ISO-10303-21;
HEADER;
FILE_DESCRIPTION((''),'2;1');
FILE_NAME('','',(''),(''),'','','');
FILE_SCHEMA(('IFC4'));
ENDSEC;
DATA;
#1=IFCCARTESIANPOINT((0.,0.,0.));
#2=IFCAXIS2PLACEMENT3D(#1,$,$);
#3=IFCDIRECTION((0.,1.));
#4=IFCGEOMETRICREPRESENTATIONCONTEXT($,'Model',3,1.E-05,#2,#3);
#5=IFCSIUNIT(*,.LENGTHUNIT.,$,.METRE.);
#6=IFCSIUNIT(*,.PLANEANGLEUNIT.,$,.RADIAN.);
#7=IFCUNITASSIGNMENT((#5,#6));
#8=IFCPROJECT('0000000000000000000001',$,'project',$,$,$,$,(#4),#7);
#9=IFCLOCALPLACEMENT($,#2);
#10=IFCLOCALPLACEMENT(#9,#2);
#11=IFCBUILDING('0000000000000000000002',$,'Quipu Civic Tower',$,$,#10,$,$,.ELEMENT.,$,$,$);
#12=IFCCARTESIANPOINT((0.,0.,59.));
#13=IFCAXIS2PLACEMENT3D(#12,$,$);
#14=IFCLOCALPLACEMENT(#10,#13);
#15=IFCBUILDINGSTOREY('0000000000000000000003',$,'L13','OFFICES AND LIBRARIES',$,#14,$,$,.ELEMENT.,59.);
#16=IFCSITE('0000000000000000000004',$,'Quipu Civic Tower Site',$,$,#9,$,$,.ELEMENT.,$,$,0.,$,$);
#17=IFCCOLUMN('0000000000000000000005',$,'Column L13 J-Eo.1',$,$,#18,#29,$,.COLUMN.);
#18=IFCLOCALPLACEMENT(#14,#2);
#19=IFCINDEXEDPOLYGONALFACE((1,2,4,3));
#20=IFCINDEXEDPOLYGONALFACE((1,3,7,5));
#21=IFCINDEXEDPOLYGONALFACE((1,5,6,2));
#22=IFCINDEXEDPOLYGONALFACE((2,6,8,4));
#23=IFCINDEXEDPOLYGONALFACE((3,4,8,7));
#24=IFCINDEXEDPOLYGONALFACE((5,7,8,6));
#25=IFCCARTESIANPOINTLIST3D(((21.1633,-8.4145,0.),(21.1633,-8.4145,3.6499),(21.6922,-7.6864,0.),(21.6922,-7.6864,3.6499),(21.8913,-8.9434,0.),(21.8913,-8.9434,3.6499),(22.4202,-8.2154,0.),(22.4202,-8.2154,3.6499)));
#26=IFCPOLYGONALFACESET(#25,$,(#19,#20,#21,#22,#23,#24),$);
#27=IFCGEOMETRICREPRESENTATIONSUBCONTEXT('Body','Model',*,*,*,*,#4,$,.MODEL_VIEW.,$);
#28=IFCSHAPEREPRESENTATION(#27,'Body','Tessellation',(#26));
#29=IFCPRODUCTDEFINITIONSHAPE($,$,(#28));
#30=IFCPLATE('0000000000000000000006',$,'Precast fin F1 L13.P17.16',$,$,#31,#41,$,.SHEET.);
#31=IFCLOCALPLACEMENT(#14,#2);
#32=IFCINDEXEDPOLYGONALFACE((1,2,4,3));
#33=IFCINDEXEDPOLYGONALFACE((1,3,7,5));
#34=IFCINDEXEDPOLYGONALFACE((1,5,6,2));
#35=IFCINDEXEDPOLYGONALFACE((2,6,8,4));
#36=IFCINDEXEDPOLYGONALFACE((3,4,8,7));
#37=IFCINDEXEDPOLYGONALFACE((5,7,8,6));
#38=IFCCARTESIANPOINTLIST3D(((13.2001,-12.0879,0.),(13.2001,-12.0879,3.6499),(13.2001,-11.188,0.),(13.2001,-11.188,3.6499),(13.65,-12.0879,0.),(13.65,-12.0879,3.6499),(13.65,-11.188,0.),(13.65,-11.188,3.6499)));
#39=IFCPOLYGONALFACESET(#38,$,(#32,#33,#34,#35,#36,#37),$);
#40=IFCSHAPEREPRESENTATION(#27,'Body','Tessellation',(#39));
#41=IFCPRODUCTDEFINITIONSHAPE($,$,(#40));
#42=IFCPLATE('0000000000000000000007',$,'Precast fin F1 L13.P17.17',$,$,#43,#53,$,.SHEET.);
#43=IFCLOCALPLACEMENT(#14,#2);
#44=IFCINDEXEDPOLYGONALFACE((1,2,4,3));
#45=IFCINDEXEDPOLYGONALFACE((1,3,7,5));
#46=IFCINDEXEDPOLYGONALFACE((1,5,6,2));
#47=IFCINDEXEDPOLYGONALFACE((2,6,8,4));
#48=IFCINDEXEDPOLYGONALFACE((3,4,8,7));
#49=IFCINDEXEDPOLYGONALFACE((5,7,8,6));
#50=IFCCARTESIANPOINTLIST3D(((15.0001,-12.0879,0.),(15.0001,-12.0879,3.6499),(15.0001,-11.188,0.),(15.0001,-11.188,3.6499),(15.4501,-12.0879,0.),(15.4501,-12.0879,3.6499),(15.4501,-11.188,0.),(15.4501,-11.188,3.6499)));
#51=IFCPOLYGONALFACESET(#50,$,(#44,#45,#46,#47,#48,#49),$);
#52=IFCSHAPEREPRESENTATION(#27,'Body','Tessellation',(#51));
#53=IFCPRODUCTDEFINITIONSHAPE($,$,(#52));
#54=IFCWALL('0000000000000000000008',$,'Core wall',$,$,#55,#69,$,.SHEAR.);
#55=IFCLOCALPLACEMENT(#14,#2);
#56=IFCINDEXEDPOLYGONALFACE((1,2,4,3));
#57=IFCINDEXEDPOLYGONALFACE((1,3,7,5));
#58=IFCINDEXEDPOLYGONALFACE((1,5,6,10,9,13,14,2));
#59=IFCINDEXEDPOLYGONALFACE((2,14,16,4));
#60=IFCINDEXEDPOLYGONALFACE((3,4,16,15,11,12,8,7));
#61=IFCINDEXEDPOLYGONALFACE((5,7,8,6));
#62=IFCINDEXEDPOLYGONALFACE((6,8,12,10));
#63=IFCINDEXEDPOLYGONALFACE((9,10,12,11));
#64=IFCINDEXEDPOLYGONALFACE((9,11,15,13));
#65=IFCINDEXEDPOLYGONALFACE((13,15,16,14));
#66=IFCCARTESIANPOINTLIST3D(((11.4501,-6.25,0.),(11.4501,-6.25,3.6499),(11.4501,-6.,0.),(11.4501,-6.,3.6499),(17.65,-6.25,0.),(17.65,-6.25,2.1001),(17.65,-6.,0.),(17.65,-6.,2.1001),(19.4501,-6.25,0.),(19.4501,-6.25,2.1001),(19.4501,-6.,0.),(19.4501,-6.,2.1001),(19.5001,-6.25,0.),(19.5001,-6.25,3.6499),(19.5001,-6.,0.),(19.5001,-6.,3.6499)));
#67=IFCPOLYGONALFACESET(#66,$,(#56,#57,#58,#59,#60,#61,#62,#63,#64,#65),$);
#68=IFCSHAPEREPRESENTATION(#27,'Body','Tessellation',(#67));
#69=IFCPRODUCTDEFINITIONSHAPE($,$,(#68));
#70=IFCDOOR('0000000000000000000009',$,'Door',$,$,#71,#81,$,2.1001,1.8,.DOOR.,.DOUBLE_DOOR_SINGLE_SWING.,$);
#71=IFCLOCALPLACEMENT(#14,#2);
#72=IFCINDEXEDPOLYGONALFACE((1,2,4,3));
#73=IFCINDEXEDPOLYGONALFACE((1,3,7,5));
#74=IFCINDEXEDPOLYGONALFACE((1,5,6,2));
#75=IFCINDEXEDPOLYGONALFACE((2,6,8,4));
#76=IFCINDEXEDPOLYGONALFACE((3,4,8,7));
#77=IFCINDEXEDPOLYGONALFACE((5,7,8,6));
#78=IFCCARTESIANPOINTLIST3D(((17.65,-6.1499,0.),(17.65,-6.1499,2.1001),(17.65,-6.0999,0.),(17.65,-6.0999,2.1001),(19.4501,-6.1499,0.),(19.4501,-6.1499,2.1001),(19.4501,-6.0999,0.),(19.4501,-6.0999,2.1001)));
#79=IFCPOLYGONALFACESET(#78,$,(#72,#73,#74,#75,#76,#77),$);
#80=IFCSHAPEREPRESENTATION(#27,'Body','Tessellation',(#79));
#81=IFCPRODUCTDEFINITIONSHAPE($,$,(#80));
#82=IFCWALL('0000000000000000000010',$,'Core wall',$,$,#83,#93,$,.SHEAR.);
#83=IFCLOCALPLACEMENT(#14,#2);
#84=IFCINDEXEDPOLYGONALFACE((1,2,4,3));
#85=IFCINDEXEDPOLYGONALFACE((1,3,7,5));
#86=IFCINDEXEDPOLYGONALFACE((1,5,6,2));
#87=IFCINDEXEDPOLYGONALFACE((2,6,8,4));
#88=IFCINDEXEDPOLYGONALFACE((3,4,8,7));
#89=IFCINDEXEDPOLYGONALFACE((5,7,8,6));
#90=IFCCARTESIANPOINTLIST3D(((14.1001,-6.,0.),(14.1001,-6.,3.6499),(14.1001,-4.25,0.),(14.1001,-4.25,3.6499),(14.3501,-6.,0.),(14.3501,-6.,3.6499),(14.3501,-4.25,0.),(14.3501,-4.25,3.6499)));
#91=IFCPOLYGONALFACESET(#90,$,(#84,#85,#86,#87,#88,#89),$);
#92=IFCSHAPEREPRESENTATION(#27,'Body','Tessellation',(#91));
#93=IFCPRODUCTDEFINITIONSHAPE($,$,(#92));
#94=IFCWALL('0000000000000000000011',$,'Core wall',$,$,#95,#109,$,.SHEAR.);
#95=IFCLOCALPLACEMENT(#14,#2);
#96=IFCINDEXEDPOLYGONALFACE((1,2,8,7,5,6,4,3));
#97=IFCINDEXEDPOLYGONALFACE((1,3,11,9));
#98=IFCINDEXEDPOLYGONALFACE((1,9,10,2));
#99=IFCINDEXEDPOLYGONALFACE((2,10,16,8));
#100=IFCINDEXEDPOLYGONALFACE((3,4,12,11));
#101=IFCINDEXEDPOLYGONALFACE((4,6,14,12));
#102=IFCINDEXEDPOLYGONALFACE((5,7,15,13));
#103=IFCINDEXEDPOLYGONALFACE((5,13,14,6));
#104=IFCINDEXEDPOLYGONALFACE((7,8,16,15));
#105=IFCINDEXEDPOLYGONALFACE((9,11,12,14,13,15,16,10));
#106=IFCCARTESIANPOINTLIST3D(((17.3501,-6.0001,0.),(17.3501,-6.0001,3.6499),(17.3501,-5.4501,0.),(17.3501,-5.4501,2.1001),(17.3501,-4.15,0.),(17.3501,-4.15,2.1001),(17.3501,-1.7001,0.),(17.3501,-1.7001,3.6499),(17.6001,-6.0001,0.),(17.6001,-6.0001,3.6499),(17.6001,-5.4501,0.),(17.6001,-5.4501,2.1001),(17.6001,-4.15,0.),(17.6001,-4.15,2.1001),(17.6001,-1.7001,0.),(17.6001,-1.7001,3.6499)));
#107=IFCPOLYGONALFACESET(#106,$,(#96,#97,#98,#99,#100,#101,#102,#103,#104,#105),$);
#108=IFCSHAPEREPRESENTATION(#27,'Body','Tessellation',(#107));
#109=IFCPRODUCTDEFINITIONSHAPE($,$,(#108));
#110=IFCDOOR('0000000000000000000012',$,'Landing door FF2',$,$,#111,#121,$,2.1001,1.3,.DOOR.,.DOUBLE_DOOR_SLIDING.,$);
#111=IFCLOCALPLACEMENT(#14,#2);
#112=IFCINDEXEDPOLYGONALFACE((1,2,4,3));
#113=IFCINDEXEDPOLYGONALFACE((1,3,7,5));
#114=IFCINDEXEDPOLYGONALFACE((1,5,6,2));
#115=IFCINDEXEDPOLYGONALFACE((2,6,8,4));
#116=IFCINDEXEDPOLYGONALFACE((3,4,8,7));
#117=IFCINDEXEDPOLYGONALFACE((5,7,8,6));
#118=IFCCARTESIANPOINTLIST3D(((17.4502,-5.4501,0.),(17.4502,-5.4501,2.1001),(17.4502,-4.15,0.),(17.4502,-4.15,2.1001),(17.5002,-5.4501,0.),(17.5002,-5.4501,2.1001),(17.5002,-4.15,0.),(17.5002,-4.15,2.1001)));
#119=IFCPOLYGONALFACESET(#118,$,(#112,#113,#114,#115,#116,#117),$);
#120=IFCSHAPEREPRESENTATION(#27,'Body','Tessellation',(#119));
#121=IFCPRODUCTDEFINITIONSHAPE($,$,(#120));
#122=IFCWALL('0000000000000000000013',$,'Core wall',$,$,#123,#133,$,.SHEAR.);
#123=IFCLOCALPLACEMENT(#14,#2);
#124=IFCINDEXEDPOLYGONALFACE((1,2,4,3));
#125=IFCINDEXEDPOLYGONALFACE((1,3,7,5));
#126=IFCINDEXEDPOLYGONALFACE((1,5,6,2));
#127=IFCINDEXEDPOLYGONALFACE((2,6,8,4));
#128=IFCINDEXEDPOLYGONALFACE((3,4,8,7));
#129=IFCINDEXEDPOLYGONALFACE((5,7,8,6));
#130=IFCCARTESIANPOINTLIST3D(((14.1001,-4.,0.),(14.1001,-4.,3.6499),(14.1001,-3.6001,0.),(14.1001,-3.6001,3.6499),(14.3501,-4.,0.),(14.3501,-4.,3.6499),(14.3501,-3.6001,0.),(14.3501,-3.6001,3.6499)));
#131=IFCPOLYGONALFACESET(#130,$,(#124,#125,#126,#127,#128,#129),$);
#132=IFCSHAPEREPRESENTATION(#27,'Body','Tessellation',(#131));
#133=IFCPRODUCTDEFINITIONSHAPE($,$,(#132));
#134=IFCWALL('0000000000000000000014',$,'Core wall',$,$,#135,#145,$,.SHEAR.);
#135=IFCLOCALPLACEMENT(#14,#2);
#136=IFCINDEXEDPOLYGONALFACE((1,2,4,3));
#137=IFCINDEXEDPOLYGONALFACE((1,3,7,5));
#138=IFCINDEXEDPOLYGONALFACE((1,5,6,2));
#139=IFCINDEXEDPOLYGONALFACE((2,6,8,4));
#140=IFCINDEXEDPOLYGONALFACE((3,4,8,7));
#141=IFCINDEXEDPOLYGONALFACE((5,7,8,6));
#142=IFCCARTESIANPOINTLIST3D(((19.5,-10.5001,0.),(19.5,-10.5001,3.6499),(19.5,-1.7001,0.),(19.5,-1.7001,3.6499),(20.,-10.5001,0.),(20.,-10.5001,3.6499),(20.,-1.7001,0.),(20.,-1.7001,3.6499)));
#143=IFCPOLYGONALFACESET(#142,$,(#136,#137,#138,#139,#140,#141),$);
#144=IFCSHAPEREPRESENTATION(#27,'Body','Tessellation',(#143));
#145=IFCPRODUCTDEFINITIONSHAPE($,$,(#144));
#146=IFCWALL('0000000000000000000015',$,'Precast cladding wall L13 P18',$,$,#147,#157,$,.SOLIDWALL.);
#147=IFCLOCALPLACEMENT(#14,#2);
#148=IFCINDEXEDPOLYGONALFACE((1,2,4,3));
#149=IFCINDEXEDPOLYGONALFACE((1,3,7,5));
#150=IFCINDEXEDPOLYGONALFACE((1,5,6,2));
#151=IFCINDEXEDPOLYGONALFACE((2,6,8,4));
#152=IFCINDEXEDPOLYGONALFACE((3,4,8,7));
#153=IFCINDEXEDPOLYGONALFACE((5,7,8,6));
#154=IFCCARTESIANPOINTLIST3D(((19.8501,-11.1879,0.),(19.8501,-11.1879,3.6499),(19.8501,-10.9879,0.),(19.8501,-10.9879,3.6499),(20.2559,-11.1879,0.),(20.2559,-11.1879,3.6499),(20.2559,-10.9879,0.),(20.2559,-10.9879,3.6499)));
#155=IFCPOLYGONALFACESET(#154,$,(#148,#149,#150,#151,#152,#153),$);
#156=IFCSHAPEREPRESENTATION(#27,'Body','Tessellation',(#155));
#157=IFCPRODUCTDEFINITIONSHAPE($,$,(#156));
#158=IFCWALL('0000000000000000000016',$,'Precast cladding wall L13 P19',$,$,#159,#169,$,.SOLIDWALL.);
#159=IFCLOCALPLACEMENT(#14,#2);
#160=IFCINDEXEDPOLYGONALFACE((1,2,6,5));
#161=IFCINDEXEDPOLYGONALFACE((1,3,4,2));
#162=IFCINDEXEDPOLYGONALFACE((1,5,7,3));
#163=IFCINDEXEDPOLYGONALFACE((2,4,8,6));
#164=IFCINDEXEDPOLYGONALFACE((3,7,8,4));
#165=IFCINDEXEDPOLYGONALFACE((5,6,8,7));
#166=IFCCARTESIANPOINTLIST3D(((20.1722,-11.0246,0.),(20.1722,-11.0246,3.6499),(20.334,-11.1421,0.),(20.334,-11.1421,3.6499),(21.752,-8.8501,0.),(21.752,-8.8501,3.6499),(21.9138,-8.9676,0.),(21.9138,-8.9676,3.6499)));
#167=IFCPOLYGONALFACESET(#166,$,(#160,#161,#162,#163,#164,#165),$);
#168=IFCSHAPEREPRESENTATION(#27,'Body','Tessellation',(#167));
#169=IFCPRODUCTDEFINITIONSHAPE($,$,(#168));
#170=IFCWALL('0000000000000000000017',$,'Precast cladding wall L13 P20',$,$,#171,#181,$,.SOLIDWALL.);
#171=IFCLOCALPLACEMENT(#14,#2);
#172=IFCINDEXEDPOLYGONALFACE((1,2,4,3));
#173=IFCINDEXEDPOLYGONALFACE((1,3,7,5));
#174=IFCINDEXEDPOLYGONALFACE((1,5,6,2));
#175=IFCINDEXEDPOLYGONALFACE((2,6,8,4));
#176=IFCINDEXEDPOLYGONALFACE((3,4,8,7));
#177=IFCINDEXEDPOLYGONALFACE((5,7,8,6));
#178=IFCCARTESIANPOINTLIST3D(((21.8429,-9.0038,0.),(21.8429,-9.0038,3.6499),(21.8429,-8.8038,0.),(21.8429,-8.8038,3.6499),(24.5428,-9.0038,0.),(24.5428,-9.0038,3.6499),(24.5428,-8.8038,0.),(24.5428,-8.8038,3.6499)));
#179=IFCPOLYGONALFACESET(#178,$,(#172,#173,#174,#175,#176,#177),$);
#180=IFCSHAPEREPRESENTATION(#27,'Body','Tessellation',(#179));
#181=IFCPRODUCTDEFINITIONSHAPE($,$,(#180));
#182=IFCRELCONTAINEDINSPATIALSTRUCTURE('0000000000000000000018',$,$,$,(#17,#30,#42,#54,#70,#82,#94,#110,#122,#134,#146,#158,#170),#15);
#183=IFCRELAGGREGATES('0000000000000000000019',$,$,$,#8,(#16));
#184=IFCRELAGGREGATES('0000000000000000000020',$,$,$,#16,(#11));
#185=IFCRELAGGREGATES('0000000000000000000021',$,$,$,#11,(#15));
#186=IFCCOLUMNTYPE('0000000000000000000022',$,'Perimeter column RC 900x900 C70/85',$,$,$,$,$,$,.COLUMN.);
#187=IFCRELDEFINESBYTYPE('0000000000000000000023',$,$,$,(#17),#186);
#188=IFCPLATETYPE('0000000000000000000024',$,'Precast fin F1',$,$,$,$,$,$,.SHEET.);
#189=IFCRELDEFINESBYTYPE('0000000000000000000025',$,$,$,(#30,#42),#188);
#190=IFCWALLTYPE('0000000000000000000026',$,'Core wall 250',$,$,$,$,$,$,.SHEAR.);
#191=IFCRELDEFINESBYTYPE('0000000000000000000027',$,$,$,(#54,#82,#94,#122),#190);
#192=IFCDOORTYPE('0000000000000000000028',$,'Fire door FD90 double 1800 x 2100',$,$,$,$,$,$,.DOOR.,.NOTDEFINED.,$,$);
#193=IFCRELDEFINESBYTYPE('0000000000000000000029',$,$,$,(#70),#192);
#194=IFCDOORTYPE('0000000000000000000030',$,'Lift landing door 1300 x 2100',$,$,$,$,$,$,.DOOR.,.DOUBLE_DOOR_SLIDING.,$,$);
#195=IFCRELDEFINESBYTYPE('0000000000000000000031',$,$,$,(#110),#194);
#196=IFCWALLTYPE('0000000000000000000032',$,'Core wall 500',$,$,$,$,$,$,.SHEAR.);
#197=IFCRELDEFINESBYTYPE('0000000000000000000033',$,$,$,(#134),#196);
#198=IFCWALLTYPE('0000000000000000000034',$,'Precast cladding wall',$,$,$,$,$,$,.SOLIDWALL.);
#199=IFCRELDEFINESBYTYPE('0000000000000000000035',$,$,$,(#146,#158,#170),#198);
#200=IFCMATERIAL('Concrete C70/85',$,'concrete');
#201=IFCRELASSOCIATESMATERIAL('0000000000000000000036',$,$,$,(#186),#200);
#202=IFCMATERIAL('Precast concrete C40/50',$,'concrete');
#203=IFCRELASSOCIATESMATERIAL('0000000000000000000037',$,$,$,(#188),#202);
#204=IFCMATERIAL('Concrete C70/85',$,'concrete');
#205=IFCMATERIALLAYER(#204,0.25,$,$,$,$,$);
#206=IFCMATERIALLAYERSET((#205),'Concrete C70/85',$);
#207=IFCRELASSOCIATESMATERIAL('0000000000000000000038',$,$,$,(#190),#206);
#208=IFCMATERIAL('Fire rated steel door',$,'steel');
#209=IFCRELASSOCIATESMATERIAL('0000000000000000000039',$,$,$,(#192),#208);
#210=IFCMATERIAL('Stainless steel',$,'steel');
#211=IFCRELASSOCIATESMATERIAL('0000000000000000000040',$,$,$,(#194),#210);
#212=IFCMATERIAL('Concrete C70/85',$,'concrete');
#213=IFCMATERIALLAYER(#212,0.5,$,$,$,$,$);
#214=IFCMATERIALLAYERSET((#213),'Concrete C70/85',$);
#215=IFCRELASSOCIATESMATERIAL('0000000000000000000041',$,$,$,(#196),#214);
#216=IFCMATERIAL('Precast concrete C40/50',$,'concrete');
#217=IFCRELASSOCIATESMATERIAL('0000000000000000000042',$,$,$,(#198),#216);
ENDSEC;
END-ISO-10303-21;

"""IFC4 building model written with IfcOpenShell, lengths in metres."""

from ifc_helpers import new_model, si_unit, direction, frame, frame_2d, origin, origin_2d, place, context, subcontext, project, spatial, rectangle, extrude, material, layer, layer_set, material_profile, profile_set, type_object, element, fill, save


model = new_model("IFC4")

# Units and contexts
model_context = context("Model", 3, precision=1e-05, world=origin(), true_north=direction((0.0, 1.0)))
body_context = subcontext(model_context, "Body", "Model", "MODEL_VIEW")
ifc_project = project(units=[si_unit("LENGTHUNIT", "METRE"), si_unit("PLANEANGLEUNIT", "RADIAN")], contexts=[model_context])

# Site, building, storey
site_placement = place(None, origin())
site = spatial("IfcSite", under=ifc_project, at=site_placement, Name="Quipu Civic Tower Site", CompositionType="ELEMENT", RefElevation=0.0)
building_placement = place(site_placement, origin())
building = spatial("IfcBuilding", under=site, at=building_placement, Name="Quipu Civic Tower", CompositionType="ELEMENT")
storey_placement = place(building_placement, frame((0.0, 0.0, 59.0)))
storey = spatial("IfcBuildingStorey", under=building, at=storey_placement, Name="L13", Description="OFFICES AND LIBRARIES", CompositionType="ELEMENT", Elevation=59.0)

# Column
ifc_material_1 = material(Name="Concrete C70/85", Category="concrete")
ifc_material_profile = material_profile(ifc_material_1, rectangle(XDim=0.8999, YDim=0.8999, at=origin_2d()), Name="RC900x900")
ifc_profile_set = profile_set([ifc_material_profile], Name="Concrete C70/85")
column_type = type_object("IfcColumnType", Name="Perimeter column RC 900x900 C70/85", PredefinedType="COLUMN", material=ifc_profile_set)
column_placement = place(storey_placement, frame((21.7917, -8.3149, 0.0), z_axis=(0.0, 0.0, 1.0), x_axis=(0.587785, 0.809017, 0.0)))
element("IfcColumn", 1, at=column_placement, inside=storey, type_object=column_type, Name="Column L13 J-Eo.1", PredefinedType="COLUMN", context=body_context, shape_type="SweptSolid", body=[
    extrude(rectangle(XDim=0.8999, YDim=0.8999, at=origin_2d()), origin(), (0.0, 0.0, 1.0), 3.6499),
])

# Plates
ifc_material_2 = material(Name="Precast concrete C40/50", Category="concrete")
plate_type = type_object("IfcPlateType", Name="Precast fin F1", PredefinedType="SHEET", material=ifc_material_2)
for number, where, z_axis, x_axis, name in (
    (2, (13.425, -11.6379, 0.0), (0.0, 0.0, 1.0), (1.0, 0.0, 0.0), "Precast fin F1 L13.P17.16"),
    (3, (15.2251, -11.6379, 0.0), (0.0, 0.0, 1.0), (1.0, 0.0, 0.0), "Precast fin F1 L13.P17.17"),
):
    element("IfcPlate", number, at=place(storey_placement, frame(where, z_axis=z_axis, x_axis=x_axis)), inside=storey, type_object=plate_type, Name=name, PredefinedType="SHEET", context=body_context, shape_type="SweptSolid", body=[
        extrude(rectangle(XDim=0.45, YDim=0.8999, at=origin_2d()), origin(), (0.0, 0.0, 1.0), 3.6499),
    ])

# Wall, opening, door
ifc_material_3 = material(Name="Concrete C70/85", Category="concrete")
ifc_layer_1 = layer(ifc_material_3, 0.25)
ifc_layer_set_1 = layer_set([ifc_layer_1], Name="Concrete C70/85")
wall_type_1 = type_object("IfcWallType", Name="Core wall 250", PredefinedType="SHEAR", material=ifc_layer_set_1)
wall_1_placement = place(storey_placement, frame((19.5, -6.125, 0.0), z_axis=(0.0, 0.0, 1.0), x_axis=(-1.0, 0.0, 0.0)))
wall_1 = element("IfcWall", 4, at=wall_1_placement, inside=storey, type_object=wall_type_1, Name="Core wall", PredefinedType="SHEAR", context=body_context, shape_type="SweptSolid", body=[
    extrude(rectangle(XDim=8.05, YDim=0.25, at=frame_2d((4.0249, 0.0))), origin(), (0.0, 0.0, 1.0), 3.6499),
])
opening_1_placement = place(wall_1_placement, frame((0.05, 0.0, 0.0)))
opening_1 = element("IfcOpeningElement", 5, at=opening_1_placement, cuts=wall_1, PredefinedType="OPENING", context=body_context, shape_type="SweptSolid", body=[
    extrude(rectangle(XDim=1.8, YDim=2.1001, at=frame_2d((0.8999, 1.05))), frame((0.0, 0.135, 0.0), z_axis=(0.0, -1.0, 0.0), x_axis=(1.0, 0.0, 0.0)), (0.0, 0.0, 1.0), 0.27),
])
ifc_material_4 = material(Name="Fire rated steel door", Category="steel")
door_type_1 = type_object("IfcDoorType", Name="Fire door FD90 double 1800 x 2100", OperationType="NOTDEFINED", PredefinedType="DOOR", material=ifc_material_4)
door_1_placement = place(opening_1_placement, origin())
door_1 = element("IfcDoor", 6, at=door_1_placement, inside=storey, type_object=door_type_1, Name="Door", OperationType="DOUBLE_DOOR_SINGLE_SWING", OverallHeight=2.1001, OverallWidth=1.8, PredefinedType="DOOR", context=body_context, shape_type="SweptSolid", body=[
    extrude(rectangle(XDim=1.8, YDim=2.1001, at=frame_2d((0.8999, 1.05))), frame((0.0, 0.0249, 0.0), z_axis=(0.0, -1.0, 0.0), x_axis=(1.0, 0.0, 0.0)), (0.0, 0.0, 1.0), 0.05),
])
fill(opening_1, door_1)

# Wall
wall_2_placement = place(storey_placement, frame((14.2251, -6.0, 0.0), z_axis=(0.0, 0.0, 1.0), x_axis=(0.0, 1.0, 0.0)))
element("IfcWall", 7, at=wall_2_placement, inside=storey, type_object=wall_type_1, Name="Core wall", PredefinedType="SHEAR", context=body_context, shape_type="SweptSolid", body=[
    extrude(rectangle(XDim=1.75, YDim=0.25, at=frame_2d((0.875, 0.0))), origin(), (0.0, 0.0, 1.0), 3.6499),
])

# Wall, opening, door
wall_3_placement = place(storey_placement, frame((17.4751, -6.0, 0.0), z_axis=(0.0, 0.0, 1.0), x_axis=(0.0, 1.0, 0.0)))
wall_3 = element("IfcWall", 8, at=wall_3_placement, inside=storey, type_object=wall_type_1, Name="Core wall", PredefinedType="SHEAR", context=body_context, shape_type="SweptSolid", body=[
    extrude(rectangle(XDim=4.3, YDim=0.25, at=frame_2d((2.1499, 0.0))), origin(), (0.0, 0.0, 1.0), 3.6499),
])
opening_2_placement = place(wall_3_placement, frame((0.55, 0.0, 0.0)))
opening_2 = element("IfcOpeningElement", 9, at=opening_2_placement, cuts=wall_3, PredefinedType="OPENING", context=body_context, shape_type="SweptSolid", body=[
    extrude(rectangle(XDim=1.3, YDim=2.1001, at=frame_2d((0.6499, 1.05))), frame((0.0, 0.135, 0.0), z_axis=(0.0, -1.0, 0.0), x_axis=(1.0, 0.0, 0.0)), (0.0, 0.0, 1.0), 0.27),
])
ifc_material_5 = material(Name="Stainless steel", Category="steel")
door_type_2 = type_object("IfcDoorType", Name="Lift landing door 1300 x 2100", OperationType="DOUBLE_DOOR_SLIDING", PredefinedType="DOOR", material=ifc_material_5)
door_2_placement = place(opening_2_placement, origin())
door_2 = element("IfcDoor", 10, at=door_2_placement, inside=storey, type_object=door_type_2, Name="Landing door FF2", OperationType="DOUBLE_DOOR_SLIDING", OverallHeight=2.1001, OverallWidth=1.3, PredefinedType="DOOR", context=body_context, shape_type="SweptSolid", body=[
    extrude(rectangle(XDim=1.3, YDim=2.1001, at=frame_2d((0.6499, 1.05))), frame((0.0, 0.0249, 0.0), z_axis=(0.0, -1.0, 0.0), x_axis=(1.0, 0.0, 0.0)), (0.0, 0.0, 1.0), 0.05),
])
fill(opening_2, door_2)

# Walls
wall_4_placement = place(storey_placement, frame((14.2251, -4.0, 0.0), z_axis=(0.0, 0.0, 1.0), x_axis=(0.0, 1.0, 0.0)))
element("IfcWall", 11, at=wall_4_placement, inside=storey, type_object=wall_type_1, Name="Core wall", PredefinedType="SHEAR", context=body_context, shape_type="SweptSolid", body=[
    extrude(rectangle(XDim=0.3999, YDim=0.25, at=frame_2d((0.2, 0.0))), origin(), (0.0, 0.0, 1.0), 3.6499),
])
ifc_material_6 = material(Name="Concrete C70/85", Category="concrete")
ifc_layer_2 = layer(ifc_material_6, 0.5)
ifc_layer_set_2 = layer_set([ifc_layer_2], Name="Concrete C70/85")
wall_type_2 = type_object("IfcWallType", Name="Core wall 500", PredefinedType="SHEAR", material=ifc_layer_set_2)
wall_5_placement = place(storey_placement, frame((19.75, -10.5, 0.0), z_axis=(0.0, 0.0, 1.0), x_axis=(0.0, 1.0, 0.0)))
element("IfcWall", 12, at=wall_5_placement, inside=storey, type_object=wall_type_2, Name="Core wall", PredefinedType="SHEAR", context=body_context, shape_type="SweptSolid", body=[
    extrude(rectangle(XDim=8.8, YDim=0.5, at=frame_2d((4.3999, 0.0))), origin(), (0.0, 0.0, 1.0), 3.6499),
])
ifc_material_7 = material(Name="Precast concrete C40/50", Category="concrete")
wall_type_3 = type_object("IfcWallType", Name="Precast cladding wall", PredefinedType="SOLIDWALL", material=ifc_material_7)
wall_6_placement = place(storey_placement, frame((19.8501, -11.0879, 0.0), z_axis=(0.0, 0.0, 1.0), x_axis=(1.0, 0.0, 0.0)))
element("IfcWall", 13, at=wall_6_placement, inside=storey, type_object=wall_type_3, Name="Precast cladding wall L13 P18", PredefinedType="SOLIDWALL", context=body_context, shape_type="SweptSolid", body=[
    extrude(rectangle(XDim=0.4058, YDim=0.2, at=frame_2d((0.2029, 0.0))), origin(), (0.0, 0.0, 1.0), 3.6499),
])
wall_7_placement = place(storey_placement, frame((20.2532, -11.0833, 0.0), z_axis=(0.0, 0.0, 1.0), x_axis=(0.587767, 0.809031, 0.0)))
element("IfcWall", 14, at=wall_7_placement, inside=storey, type_object=wall_type_3, Name="Precast cladding wall L13 P19", PredefinedType="SOLIDWALL", context=body_context, shape_type="SweptSolid", body=[
    extrude(rectangle(XDim=2.6877, YDim=0.2, at=frame_2d((1.3438, 0.0))), origin(), (0.0, 0.0, 1.0), 3.6499),
])
wall_8_placement = place(storey_placement, frame((21.8428, -8.9038, 0.0), z_axis=(0.0, 0.0, 1.0), x_axis=(1.0, 0.0, 0.0)))
element("IfcWall", 15, at=wall_8_placement, inside=storey, type_object=wall_type_3, Name="Precast cladding wall L13 P20", PredefinedType="SOLIDWALL", context=body_context, shape_type="SweptSolid", body=[
    extrude(rectangle(XDim=2.7, YDim=0.2, at=frame_2d((1.3501, 0.0))), origin(), (0.0, 0.0, 1.0), 3.6499),
])

save(model, "model.ifc")
